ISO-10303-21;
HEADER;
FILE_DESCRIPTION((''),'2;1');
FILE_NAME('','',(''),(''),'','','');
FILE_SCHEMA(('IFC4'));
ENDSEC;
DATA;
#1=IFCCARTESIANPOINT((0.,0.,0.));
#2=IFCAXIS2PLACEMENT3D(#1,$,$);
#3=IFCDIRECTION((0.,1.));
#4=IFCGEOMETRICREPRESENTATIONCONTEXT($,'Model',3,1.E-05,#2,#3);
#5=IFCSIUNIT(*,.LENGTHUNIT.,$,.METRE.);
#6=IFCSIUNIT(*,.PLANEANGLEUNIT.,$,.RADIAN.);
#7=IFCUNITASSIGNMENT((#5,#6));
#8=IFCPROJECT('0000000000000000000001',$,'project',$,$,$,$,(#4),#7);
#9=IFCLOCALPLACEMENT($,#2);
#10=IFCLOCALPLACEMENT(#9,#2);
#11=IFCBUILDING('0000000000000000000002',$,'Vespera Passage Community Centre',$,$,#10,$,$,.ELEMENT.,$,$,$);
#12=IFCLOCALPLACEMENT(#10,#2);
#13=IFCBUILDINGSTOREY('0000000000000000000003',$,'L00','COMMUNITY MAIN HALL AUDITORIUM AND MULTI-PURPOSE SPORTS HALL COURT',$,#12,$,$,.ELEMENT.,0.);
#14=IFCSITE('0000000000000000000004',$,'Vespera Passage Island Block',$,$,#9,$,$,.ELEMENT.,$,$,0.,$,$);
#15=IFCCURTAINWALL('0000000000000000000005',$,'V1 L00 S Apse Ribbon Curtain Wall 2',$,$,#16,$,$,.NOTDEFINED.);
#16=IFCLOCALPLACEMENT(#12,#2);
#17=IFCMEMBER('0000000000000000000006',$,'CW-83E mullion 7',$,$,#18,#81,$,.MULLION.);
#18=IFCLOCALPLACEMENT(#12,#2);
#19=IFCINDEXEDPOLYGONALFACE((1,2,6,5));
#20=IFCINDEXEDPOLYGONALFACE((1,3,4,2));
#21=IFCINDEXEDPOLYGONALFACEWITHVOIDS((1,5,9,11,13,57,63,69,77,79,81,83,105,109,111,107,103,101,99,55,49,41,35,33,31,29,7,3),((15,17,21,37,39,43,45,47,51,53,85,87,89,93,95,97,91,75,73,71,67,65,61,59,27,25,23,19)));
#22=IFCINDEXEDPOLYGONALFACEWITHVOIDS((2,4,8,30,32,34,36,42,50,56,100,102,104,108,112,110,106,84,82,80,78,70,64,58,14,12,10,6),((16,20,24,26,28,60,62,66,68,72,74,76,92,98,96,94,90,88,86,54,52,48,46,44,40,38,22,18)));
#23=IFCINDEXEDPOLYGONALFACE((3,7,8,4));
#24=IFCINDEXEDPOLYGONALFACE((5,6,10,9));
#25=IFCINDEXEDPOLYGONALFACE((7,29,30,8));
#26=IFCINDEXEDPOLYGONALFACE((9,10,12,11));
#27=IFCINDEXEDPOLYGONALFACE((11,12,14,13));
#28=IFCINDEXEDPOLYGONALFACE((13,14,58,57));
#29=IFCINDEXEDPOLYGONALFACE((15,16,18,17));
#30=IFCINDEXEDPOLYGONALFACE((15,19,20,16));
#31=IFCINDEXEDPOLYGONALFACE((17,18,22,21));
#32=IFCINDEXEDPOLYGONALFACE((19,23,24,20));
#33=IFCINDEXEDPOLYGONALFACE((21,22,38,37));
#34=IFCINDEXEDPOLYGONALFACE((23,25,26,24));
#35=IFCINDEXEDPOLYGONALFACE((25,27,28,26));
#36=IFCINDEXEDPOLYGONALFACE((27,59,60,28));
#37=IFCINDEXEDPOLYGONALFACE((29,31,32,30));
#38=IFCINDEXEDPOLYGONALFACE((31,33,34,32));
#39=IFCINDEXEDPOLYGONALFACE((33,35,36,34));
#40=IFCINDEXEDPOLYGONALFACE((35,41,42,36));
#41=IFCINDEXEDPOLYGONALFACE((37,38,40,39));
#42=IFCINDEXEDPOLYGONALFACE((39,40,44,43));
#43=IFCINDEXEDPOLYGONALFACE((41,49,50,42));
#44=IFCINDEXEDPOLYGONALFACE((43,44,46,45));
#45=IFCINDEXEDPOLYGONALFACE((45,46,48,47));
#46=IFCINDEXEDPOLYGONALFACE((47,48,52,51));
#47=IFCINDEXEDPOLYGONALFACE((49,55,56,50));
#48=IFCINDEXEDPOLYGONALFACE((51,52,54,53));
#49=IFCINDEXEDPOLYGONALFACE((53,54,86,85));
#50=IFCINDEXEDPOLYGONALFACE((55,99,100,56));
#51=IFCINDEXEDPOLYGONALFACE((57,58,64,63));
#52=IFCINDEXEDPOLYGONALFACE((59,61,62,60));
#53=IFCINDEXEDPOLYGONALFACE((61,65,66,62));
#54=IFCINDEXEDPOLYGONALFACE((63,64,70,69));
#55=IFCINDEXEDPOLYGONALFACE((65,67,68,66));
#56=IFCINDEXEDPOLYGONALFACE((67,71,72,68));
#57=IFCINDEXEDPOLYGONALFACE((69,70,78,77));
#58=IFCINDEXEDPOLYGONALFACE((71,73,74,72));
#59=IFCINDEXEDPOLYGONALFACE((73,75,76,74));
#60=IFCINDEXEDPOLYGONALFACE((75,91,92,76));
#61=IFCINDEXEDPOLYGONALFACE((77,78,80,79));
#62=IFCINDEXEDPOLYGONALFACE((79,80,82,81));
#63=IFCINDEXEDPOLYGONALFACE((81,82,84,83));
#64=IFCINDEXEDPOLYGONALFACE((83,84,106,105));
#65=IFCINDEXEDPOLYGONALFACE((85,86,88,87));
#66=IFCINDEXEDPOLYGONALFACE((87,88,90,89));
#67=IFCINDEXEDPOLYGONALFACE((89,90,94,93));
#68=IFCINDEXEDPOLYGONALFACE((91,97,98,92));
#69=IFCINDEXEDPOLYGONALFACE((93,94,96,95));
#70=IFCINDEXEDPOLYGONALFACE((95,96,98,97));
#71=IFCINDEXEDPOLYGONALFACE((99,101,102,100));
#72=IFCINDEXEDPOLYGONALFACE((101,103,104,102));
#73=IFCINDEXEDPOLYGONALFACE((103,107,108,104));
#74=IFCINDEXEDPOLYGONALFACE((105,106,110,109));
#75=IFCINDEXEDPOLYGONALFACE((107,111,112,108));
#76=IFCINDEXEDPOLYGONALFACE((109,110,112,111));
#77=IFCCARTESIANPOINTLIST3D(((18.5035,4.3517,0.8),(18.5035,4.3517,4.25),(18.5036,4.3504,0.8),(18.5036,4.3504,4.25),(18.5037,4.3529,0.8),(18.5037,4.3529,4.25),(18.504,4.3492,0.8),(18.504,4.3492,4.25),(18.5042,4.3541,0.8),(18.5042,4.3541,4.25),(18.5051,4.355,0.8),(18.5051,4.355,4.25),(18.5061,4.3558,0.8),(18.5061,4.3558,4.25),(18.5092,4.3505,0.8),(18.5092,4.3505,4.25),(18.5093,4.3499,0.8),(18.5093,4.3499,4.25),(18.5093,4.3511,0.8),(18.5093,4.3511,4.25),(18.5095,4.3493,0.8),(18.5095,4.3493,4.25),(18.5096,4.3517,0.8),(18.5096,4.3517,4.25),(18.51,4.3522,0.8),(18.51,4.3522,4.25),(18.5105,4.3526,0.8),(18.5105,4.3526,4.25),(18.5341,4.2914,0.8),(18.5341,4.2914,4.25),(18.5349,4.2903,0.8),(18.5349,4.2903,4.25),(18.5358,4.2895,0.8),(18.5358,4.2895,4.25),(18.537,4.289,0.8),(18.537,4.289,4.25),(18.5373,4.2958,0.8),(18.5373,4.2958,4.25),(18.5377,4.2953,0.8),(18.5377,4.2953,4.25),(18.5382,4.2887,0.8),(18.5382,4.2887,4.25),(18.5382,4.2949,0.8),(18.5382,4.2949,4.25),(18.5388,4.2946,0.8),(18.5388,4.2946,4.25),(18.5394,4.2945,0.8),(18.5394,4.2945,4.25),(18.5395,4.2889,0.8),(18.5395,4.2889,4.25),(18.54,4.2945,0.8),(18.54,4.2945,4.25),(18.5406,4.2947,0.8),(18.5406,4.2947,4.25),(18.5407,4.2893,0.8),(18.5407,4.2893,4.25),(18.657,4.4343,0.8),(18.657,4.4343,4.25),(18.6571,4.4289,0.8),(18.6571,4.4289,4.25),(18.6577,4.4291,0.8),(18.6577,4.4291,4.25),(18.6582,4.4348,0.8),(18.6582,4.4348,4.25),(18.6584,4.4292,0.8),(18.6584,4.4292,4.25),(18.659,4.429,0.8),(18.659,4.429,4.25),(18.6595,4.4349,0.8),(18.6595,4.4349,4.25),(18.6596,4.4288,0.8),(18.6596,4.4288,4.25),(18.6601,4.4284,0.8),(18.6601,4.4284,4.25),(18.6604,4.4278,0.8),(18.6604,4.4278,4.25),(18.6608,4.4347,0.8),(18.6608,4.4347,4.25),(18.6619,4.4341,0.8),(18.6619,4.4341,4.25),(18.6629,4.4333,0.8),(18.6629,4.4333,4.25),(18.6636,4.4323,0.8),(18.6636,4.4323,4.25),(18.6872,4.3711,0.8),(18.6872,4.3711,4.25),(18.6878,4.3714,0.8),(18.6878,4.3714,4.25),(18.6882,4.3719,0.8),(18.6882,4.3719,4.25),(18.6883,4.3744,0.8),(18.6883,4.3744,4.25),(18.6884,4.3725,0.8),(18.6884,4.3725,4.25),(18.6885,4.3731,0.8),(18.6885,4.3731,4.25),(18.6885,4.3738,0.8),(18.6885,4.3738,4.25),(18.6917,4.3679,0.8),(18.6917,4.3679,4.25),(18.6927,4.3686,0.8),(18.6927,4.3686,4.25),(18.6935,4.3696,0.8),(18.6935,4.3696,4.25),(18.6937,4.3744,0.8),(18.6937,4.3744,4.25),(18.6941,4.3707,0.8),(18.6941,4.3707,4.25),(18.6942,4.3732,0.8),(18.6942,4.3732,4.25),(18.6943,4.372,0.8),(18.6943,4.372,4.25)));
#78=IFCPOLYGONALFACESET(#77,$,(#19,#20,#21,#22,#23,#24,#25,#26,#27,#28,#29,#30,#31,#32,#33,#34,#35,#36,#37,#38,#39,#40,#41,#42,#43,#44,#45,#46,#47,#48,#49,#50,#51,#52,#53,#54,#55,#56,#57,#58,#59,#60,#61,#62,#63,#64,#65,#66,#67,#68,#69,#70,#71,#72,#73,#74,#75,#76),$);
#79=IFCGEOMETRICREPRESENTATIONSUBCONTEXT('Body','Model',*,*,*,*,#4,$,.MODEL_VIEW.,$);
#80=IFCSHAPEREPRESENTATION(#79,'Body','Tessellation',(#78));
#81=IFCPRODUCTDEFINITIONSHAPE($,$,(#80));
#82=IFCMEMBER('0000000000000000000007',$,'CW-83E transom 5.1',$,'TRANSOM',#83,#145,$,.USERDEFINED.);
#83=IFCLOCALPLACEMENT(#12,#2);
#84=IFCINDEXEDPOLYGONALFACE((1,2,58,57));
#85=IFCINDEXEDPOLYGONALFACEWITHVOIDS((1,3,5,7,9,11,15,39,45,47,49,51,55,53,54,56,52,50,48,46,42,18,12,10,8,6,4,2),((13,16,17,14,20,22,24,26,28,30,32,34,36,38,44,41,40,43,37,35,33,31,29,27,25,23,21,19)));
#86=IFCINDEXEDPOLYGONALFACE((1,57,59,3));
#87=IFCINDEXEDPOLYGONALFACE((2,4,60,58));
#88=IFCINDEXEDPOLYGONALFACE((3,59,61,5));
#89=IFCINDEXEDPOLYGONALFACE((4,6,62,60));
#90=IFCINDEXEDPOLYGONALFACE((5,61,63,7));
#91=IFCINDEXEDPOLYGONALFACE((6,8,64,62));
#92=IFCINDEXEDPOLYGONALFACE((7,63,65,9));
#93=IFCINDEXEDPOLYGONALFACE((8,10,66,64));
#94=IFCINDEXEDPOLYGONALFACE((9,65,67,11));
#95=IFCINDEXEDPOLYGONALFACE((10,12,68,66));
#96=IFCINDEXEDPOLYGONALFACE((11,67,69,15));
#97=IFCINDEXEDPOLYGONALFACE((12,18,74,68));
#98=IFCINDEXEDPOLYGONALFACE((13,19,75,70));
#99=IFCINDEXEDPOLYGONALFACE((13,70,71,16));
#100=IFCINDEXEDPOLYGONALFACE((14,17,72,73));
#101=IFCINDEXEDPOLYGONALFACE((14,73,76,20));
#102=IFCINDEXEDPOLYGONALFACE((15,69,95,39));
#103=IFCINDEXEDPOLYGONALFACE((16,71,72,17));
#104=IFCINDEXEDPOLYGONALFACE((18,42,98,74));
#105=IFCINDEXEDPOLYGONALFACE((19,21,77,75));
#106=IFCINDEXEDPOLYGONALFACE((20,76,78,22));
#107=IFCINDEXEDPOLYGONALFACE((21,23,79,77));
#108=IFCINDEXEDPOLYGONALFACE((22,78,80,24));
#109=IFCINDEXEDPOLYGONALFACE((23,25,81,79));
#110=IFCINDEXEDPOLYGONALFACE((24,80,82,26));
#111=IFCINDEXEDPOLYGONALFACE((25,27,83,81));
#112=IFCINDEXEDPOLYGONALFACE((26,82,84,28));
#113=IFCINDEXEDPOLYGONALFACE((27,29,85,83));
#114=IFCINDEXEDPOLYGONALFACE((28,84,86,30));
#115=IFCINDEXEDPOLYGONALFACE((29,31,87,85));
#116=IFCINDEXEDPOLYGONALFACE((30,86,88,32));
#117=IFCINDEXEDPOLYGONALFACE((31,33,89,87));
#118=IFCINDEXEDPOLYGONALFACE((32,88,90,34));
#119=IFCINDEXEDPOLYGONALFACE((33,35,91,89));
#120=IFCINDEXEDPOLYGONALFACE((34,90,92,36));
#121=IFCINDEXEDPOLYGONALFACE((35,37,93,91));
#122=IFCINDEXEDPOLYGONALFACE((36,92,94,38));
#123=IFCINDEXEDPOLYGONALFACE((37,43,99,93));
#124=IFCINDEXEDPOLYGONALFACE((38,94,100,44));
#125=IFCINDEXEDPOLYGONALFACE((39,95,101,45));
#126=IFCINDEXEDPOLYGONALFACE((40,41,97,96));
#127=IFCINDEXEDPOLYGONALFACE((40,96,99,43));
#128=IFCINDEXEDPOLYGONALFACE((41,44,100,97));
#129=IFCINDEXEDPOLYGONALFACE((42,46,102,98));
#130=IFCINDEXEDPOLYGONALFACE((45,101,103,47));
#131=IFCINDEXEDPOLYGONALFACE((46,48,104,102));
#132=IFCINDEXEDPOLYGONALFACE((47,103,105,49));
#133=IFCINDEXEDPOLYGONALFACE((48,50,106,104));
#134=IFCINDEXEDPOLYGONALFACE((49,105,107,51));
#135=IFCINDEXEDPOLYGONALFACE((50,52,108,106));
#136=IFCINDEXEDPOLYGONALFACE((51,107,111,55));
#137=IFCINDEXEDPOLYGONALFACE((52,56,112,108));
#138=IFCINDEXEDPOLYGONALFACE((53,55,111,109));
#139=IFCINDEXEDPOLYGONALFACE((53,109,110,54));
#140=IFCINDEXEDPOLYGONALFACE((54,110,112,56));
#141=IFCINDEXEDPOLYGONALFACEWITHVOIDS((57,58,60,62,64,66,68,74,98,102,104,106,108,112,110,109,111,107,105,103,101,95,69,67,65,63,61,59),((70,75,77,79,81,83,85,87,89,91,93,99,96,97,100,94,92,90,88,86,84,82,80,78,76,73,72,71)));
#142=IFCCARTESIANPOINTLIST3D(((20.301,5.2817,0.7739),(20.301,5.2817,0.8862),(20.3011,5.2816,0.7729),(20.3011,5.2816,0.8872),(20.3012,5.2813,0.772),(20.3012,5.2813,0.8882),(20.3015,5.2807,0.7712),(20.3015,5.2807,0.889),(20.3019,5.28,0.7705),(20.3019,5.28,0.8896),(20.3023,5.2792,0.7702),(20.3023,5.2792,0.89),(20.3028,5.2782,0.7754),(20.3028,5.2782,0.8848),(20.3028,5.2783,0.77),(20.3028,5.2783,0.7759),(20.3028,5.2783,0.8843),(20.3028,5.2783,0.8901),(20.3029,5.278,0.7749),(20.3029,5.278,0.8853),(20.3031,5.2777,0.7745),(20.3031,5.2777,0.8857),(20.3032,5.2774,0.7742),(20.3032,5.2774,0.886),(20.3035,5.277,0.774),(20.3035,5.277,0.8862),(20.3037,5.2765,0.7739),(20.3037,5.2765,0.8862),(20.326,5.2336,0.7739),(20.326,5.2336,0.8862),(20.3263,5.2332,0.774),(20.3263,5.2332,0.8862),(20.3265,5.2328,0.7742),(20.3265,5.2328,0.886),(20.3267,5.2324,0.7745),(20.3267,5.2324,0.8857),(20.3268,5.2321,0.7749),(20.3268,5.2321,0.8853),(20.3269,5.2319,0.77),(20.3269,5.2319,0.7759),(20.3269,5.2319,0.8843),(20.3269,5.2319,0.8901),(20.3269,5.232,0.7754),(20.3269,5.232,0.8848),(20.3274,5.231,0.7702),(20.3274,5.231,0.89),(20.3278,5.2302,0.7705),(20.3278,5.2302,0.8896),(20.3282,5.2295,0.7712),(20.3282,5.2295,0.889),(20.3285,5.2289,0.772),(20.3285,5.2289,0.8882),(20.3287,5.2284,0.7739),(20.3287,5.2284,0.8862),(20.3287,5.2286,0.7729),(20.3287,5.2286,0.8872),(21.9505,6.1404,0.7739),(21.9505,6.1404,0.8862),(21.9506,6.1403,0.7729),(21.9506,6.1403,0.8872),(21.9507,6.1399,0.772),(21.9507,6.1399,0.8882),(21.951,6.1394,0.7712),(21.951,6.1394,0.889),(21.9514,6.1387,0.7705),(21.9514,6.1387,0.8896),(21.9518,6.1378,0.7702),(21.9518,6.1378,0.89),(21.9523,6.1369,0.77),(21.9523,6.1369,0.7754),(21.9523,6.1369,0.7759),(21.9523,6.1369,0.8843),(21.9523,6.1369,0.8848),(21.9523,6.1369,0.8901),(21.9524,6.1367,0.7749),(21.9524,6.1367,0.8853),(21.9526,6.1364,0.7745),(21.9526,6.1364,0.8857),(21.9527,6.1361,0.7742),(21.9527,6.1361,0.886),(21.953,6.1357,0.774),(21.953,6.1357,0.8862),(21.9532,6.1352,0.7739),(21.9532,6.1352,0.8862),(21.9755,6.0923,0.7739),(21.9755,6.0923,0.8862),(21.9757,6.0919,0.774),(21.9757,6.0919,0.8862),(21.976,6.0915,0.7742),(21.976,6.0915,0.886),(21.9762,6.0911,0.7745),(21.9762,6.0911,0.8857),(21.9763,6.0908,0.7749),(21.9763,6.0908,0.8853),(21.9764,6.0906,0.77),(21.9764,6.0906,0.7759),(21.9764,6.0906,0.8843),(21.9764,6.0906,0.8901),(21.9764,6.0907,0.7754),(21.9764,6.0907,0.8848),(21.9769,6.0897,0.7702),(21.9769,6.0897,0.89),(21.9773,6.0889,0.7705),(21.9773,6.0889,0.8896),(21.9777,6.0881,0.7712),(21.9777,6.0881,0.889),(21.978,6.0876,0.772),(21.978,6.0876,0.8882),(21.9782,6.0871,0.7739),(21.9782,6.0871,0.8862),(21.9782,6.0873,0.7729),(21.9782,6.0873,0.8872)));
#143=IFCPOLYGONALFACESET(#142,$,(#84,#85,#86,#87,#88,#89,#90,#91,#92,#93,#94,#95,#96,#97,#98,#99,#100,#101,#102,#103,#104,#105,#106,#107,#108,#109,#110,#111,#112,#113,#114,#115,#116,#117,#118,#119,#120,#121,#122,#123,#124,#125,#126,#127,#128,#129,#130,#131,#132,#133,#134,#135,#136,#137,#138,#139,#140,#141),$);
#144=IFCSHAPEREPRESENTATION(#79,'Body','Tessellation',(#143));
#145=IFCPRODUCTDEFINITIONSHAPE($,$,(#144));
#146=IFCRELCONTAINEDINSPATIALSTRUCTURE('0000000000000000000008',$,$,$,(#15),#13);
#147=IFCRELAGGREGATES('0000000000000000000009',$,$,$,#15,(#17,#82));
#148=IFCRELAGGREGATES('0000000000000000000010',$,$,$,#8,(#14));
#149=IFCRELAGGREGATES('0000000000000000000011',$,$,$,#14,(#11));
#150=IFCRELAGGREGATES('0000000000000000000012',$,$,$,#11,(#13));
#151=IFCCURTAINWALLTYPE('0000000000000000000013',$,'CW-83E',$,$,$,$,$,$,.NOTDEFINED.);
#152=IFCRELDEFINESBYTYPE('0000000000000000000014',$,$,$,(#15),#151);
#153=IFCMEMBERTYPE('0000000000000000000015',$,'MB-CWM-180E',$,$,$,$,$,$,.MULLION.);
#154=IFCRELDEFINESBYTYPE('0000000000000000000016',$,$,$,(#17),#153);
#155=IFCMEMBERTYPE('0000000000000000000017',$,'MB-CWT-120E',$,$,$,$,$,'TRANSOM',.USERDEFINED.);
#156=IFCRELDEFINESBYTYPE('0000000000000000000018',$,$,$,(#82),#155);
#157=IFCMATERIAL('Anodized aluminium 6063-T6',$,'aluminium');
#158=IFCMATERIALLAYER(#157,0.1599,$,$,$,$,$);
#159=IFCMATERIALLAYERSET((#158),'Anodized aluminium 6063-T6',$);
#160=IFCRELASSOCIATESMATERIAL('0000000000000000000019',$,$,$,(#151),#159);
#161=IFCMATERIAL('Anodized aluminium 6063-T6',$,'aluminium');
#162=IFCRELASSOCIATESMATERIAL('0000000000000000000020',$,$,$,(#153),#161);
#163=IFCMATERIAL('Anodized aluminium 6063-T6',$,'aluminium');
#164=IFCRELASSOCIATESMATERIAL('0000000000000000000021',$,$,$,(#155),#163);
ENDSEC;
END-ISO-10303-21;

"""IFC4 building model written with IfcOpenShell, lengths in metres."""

from ifc_helpers import new_model, si_unit, direction, frame, origin, origin_2d, place, context, subcontext, project, spatial, hollow_rectangle, extrude, material, layer, layer_set, material_profile, profile_set, type_object, element, aggregate, save


model = new_model("IFC4")

# Units and contexts
model_context = context("Model", 3, precision=1e-05, world=origin(), true_north=direction((0.0, 1.0)))
body_context = subcontext(model_context, "Body", "Model", "MODEL_VIEW")
ifc_project = project(units=[si_unit("LENGTHUNIT", "METRE"), si_unit("PLANEANGLEUNIT", "RADIAN")], contexts=[model_context])

# Site, building, storey
site_placement = place(None, origin())
site = spatial("IfcSite", under=ifc_project, at=site_placement, Name="Vespera Passage Island Block", CompositionType="ELEMENT", RefElevation=0.0)
building_placement = place(site_placement, origin())
building = spatial("IfcBuilding", under=site, at=building_placement, Name="Vespera Passage Community Centre", CompositionType="ELEMENT")
storey_placement = place(building_placement, origin())
storey = spatial("IfcBuildingStorey", under=building, at=storey_placement, Name="L00", Description="COMMUNITY MAIN HALL AUDITORIUM AND MULTI-PURPOSE SPORTS HALL COURT", CompositionType="ELEMENT", Elevation=0.0)

# Curtain wall, members
ifc_material_1 = material(Name="Anodized aluminium 6063-T6", Category="aluminium")
ifc_layer_1 = layer(ifc_material_1, 0.1599)
ifc_layer_set_1 = layer_set([ifc_layer_1], Name="Anodized aluminium 6063-T6")
curtain_wall_type = type_object("IfcCurtainWallType", Name="CW-83E", PredefinedType="NOTDEFINED", material=ifc_layer_set_1)
curtain_wall_placement = place(storey_placement, origin())
curtain_wall = element("IfcCurtainWall", 1, at=curtain_wall_placement, inside=storey, type_object=curtain_wall_type, Name="V1 L00 S Apse Ribbon Curtain Wall 2", PredefinedType="NOTDEFINED")
ifc_material_2 = material(Name="Anodized aluminium 6063-T6", Category="aluminium")
ifc_material_profile_1 = material_profile(ifc_material_2, hollow_rectangle(XDim=0.075, YDim=0.1799, WallThickness=0.0049, InnerFilletRadius=0.0024, OuterFilletRadius=0.0049, at=origin_2d()), Name="ALU180X75X5")
ifc_profile_set_1 = profile_set([ifc_material_profile_1], Name="Anodized aluminium 6063-T6")
member_type_1 = type_object("IfcMemberType", Name="MB-CWM-180E", PredefinedType="MULLION", material=ifc_profile_set_1)
member_1_placement = place(storey_placement, frame((18.5989, 4.3618, 0.8), z_axis=(0.0, 0.0, 1.0), x_axis=(0.461745, -0.887013, 0.0)))
member_1 = element("IfcMember", 2, at=member_1_placement, type_object=member_type_1, Name="CW-83E mullion 7", PredefinedType="MULLION", context=body_context, shape_type="SweptSolid", body=[
    extrude(hollow_rectangle(XDim=0.075, YDim=0.1799, WallThickness=0.0049, InnerFilletRadius=0.0024, OuterFilletRadius=0.0049, at=origin_2d()), origin(), (0.0, 0.0, 1.0), 3.45),
])
ifc_material_3 = material(Name="Anodized aluminium 6063-T6", Category="aluminium")
ifc_material_profile_2 = material_profile(ifc_material_3, hollow_rectangle(XDim=0.0601, YDim=0.1201, WallThickness=0.0039, InnerFilletRadius=0.002, OuterFilletRadius=0.0039, at=origin_2d()), Name="ALU120X60X4")
ifc_profile_set_2 = profile_set([ifc_material_profile_2], Name="Anodized aluminium 6063-T6")
member_type_2 = type_object("IfcMemberType", Name="MB-CWT-120E", ElementType="TRANSOM", PredefinedType="USERDEFINED", material=ifc_profile_set_2)
member_2_placement = place(storey_placement, frame((21.9644, 6.1138, 0.8301), z_axis=(-0.887008, -0.461754, 0.0), x_axis=(0.461754, -0.887008, 0.0)))
member_2 = element("IfcMember", 3, at=member_2_placement, type_object=member_type_2, Name="CW-83E transom 5.1", ObjectType="TRANSOM", PredefinedType="USERDEFINED", context=body_context, shape_type="SweptSolid", body=[
    extrude(hollow_rectangle(XDim=0.0601, YDim=0.1201, WallThickness=0.0039, InnerFilletRadius=0.002, OuterFilletRadius=0.0039, at=origin_2d()), origin(), (0.0, 0.0, 1.0), 1.8596),
])

aggregate(curtain_wall, [member_1, member_2])

save(model, "model.ifc")
